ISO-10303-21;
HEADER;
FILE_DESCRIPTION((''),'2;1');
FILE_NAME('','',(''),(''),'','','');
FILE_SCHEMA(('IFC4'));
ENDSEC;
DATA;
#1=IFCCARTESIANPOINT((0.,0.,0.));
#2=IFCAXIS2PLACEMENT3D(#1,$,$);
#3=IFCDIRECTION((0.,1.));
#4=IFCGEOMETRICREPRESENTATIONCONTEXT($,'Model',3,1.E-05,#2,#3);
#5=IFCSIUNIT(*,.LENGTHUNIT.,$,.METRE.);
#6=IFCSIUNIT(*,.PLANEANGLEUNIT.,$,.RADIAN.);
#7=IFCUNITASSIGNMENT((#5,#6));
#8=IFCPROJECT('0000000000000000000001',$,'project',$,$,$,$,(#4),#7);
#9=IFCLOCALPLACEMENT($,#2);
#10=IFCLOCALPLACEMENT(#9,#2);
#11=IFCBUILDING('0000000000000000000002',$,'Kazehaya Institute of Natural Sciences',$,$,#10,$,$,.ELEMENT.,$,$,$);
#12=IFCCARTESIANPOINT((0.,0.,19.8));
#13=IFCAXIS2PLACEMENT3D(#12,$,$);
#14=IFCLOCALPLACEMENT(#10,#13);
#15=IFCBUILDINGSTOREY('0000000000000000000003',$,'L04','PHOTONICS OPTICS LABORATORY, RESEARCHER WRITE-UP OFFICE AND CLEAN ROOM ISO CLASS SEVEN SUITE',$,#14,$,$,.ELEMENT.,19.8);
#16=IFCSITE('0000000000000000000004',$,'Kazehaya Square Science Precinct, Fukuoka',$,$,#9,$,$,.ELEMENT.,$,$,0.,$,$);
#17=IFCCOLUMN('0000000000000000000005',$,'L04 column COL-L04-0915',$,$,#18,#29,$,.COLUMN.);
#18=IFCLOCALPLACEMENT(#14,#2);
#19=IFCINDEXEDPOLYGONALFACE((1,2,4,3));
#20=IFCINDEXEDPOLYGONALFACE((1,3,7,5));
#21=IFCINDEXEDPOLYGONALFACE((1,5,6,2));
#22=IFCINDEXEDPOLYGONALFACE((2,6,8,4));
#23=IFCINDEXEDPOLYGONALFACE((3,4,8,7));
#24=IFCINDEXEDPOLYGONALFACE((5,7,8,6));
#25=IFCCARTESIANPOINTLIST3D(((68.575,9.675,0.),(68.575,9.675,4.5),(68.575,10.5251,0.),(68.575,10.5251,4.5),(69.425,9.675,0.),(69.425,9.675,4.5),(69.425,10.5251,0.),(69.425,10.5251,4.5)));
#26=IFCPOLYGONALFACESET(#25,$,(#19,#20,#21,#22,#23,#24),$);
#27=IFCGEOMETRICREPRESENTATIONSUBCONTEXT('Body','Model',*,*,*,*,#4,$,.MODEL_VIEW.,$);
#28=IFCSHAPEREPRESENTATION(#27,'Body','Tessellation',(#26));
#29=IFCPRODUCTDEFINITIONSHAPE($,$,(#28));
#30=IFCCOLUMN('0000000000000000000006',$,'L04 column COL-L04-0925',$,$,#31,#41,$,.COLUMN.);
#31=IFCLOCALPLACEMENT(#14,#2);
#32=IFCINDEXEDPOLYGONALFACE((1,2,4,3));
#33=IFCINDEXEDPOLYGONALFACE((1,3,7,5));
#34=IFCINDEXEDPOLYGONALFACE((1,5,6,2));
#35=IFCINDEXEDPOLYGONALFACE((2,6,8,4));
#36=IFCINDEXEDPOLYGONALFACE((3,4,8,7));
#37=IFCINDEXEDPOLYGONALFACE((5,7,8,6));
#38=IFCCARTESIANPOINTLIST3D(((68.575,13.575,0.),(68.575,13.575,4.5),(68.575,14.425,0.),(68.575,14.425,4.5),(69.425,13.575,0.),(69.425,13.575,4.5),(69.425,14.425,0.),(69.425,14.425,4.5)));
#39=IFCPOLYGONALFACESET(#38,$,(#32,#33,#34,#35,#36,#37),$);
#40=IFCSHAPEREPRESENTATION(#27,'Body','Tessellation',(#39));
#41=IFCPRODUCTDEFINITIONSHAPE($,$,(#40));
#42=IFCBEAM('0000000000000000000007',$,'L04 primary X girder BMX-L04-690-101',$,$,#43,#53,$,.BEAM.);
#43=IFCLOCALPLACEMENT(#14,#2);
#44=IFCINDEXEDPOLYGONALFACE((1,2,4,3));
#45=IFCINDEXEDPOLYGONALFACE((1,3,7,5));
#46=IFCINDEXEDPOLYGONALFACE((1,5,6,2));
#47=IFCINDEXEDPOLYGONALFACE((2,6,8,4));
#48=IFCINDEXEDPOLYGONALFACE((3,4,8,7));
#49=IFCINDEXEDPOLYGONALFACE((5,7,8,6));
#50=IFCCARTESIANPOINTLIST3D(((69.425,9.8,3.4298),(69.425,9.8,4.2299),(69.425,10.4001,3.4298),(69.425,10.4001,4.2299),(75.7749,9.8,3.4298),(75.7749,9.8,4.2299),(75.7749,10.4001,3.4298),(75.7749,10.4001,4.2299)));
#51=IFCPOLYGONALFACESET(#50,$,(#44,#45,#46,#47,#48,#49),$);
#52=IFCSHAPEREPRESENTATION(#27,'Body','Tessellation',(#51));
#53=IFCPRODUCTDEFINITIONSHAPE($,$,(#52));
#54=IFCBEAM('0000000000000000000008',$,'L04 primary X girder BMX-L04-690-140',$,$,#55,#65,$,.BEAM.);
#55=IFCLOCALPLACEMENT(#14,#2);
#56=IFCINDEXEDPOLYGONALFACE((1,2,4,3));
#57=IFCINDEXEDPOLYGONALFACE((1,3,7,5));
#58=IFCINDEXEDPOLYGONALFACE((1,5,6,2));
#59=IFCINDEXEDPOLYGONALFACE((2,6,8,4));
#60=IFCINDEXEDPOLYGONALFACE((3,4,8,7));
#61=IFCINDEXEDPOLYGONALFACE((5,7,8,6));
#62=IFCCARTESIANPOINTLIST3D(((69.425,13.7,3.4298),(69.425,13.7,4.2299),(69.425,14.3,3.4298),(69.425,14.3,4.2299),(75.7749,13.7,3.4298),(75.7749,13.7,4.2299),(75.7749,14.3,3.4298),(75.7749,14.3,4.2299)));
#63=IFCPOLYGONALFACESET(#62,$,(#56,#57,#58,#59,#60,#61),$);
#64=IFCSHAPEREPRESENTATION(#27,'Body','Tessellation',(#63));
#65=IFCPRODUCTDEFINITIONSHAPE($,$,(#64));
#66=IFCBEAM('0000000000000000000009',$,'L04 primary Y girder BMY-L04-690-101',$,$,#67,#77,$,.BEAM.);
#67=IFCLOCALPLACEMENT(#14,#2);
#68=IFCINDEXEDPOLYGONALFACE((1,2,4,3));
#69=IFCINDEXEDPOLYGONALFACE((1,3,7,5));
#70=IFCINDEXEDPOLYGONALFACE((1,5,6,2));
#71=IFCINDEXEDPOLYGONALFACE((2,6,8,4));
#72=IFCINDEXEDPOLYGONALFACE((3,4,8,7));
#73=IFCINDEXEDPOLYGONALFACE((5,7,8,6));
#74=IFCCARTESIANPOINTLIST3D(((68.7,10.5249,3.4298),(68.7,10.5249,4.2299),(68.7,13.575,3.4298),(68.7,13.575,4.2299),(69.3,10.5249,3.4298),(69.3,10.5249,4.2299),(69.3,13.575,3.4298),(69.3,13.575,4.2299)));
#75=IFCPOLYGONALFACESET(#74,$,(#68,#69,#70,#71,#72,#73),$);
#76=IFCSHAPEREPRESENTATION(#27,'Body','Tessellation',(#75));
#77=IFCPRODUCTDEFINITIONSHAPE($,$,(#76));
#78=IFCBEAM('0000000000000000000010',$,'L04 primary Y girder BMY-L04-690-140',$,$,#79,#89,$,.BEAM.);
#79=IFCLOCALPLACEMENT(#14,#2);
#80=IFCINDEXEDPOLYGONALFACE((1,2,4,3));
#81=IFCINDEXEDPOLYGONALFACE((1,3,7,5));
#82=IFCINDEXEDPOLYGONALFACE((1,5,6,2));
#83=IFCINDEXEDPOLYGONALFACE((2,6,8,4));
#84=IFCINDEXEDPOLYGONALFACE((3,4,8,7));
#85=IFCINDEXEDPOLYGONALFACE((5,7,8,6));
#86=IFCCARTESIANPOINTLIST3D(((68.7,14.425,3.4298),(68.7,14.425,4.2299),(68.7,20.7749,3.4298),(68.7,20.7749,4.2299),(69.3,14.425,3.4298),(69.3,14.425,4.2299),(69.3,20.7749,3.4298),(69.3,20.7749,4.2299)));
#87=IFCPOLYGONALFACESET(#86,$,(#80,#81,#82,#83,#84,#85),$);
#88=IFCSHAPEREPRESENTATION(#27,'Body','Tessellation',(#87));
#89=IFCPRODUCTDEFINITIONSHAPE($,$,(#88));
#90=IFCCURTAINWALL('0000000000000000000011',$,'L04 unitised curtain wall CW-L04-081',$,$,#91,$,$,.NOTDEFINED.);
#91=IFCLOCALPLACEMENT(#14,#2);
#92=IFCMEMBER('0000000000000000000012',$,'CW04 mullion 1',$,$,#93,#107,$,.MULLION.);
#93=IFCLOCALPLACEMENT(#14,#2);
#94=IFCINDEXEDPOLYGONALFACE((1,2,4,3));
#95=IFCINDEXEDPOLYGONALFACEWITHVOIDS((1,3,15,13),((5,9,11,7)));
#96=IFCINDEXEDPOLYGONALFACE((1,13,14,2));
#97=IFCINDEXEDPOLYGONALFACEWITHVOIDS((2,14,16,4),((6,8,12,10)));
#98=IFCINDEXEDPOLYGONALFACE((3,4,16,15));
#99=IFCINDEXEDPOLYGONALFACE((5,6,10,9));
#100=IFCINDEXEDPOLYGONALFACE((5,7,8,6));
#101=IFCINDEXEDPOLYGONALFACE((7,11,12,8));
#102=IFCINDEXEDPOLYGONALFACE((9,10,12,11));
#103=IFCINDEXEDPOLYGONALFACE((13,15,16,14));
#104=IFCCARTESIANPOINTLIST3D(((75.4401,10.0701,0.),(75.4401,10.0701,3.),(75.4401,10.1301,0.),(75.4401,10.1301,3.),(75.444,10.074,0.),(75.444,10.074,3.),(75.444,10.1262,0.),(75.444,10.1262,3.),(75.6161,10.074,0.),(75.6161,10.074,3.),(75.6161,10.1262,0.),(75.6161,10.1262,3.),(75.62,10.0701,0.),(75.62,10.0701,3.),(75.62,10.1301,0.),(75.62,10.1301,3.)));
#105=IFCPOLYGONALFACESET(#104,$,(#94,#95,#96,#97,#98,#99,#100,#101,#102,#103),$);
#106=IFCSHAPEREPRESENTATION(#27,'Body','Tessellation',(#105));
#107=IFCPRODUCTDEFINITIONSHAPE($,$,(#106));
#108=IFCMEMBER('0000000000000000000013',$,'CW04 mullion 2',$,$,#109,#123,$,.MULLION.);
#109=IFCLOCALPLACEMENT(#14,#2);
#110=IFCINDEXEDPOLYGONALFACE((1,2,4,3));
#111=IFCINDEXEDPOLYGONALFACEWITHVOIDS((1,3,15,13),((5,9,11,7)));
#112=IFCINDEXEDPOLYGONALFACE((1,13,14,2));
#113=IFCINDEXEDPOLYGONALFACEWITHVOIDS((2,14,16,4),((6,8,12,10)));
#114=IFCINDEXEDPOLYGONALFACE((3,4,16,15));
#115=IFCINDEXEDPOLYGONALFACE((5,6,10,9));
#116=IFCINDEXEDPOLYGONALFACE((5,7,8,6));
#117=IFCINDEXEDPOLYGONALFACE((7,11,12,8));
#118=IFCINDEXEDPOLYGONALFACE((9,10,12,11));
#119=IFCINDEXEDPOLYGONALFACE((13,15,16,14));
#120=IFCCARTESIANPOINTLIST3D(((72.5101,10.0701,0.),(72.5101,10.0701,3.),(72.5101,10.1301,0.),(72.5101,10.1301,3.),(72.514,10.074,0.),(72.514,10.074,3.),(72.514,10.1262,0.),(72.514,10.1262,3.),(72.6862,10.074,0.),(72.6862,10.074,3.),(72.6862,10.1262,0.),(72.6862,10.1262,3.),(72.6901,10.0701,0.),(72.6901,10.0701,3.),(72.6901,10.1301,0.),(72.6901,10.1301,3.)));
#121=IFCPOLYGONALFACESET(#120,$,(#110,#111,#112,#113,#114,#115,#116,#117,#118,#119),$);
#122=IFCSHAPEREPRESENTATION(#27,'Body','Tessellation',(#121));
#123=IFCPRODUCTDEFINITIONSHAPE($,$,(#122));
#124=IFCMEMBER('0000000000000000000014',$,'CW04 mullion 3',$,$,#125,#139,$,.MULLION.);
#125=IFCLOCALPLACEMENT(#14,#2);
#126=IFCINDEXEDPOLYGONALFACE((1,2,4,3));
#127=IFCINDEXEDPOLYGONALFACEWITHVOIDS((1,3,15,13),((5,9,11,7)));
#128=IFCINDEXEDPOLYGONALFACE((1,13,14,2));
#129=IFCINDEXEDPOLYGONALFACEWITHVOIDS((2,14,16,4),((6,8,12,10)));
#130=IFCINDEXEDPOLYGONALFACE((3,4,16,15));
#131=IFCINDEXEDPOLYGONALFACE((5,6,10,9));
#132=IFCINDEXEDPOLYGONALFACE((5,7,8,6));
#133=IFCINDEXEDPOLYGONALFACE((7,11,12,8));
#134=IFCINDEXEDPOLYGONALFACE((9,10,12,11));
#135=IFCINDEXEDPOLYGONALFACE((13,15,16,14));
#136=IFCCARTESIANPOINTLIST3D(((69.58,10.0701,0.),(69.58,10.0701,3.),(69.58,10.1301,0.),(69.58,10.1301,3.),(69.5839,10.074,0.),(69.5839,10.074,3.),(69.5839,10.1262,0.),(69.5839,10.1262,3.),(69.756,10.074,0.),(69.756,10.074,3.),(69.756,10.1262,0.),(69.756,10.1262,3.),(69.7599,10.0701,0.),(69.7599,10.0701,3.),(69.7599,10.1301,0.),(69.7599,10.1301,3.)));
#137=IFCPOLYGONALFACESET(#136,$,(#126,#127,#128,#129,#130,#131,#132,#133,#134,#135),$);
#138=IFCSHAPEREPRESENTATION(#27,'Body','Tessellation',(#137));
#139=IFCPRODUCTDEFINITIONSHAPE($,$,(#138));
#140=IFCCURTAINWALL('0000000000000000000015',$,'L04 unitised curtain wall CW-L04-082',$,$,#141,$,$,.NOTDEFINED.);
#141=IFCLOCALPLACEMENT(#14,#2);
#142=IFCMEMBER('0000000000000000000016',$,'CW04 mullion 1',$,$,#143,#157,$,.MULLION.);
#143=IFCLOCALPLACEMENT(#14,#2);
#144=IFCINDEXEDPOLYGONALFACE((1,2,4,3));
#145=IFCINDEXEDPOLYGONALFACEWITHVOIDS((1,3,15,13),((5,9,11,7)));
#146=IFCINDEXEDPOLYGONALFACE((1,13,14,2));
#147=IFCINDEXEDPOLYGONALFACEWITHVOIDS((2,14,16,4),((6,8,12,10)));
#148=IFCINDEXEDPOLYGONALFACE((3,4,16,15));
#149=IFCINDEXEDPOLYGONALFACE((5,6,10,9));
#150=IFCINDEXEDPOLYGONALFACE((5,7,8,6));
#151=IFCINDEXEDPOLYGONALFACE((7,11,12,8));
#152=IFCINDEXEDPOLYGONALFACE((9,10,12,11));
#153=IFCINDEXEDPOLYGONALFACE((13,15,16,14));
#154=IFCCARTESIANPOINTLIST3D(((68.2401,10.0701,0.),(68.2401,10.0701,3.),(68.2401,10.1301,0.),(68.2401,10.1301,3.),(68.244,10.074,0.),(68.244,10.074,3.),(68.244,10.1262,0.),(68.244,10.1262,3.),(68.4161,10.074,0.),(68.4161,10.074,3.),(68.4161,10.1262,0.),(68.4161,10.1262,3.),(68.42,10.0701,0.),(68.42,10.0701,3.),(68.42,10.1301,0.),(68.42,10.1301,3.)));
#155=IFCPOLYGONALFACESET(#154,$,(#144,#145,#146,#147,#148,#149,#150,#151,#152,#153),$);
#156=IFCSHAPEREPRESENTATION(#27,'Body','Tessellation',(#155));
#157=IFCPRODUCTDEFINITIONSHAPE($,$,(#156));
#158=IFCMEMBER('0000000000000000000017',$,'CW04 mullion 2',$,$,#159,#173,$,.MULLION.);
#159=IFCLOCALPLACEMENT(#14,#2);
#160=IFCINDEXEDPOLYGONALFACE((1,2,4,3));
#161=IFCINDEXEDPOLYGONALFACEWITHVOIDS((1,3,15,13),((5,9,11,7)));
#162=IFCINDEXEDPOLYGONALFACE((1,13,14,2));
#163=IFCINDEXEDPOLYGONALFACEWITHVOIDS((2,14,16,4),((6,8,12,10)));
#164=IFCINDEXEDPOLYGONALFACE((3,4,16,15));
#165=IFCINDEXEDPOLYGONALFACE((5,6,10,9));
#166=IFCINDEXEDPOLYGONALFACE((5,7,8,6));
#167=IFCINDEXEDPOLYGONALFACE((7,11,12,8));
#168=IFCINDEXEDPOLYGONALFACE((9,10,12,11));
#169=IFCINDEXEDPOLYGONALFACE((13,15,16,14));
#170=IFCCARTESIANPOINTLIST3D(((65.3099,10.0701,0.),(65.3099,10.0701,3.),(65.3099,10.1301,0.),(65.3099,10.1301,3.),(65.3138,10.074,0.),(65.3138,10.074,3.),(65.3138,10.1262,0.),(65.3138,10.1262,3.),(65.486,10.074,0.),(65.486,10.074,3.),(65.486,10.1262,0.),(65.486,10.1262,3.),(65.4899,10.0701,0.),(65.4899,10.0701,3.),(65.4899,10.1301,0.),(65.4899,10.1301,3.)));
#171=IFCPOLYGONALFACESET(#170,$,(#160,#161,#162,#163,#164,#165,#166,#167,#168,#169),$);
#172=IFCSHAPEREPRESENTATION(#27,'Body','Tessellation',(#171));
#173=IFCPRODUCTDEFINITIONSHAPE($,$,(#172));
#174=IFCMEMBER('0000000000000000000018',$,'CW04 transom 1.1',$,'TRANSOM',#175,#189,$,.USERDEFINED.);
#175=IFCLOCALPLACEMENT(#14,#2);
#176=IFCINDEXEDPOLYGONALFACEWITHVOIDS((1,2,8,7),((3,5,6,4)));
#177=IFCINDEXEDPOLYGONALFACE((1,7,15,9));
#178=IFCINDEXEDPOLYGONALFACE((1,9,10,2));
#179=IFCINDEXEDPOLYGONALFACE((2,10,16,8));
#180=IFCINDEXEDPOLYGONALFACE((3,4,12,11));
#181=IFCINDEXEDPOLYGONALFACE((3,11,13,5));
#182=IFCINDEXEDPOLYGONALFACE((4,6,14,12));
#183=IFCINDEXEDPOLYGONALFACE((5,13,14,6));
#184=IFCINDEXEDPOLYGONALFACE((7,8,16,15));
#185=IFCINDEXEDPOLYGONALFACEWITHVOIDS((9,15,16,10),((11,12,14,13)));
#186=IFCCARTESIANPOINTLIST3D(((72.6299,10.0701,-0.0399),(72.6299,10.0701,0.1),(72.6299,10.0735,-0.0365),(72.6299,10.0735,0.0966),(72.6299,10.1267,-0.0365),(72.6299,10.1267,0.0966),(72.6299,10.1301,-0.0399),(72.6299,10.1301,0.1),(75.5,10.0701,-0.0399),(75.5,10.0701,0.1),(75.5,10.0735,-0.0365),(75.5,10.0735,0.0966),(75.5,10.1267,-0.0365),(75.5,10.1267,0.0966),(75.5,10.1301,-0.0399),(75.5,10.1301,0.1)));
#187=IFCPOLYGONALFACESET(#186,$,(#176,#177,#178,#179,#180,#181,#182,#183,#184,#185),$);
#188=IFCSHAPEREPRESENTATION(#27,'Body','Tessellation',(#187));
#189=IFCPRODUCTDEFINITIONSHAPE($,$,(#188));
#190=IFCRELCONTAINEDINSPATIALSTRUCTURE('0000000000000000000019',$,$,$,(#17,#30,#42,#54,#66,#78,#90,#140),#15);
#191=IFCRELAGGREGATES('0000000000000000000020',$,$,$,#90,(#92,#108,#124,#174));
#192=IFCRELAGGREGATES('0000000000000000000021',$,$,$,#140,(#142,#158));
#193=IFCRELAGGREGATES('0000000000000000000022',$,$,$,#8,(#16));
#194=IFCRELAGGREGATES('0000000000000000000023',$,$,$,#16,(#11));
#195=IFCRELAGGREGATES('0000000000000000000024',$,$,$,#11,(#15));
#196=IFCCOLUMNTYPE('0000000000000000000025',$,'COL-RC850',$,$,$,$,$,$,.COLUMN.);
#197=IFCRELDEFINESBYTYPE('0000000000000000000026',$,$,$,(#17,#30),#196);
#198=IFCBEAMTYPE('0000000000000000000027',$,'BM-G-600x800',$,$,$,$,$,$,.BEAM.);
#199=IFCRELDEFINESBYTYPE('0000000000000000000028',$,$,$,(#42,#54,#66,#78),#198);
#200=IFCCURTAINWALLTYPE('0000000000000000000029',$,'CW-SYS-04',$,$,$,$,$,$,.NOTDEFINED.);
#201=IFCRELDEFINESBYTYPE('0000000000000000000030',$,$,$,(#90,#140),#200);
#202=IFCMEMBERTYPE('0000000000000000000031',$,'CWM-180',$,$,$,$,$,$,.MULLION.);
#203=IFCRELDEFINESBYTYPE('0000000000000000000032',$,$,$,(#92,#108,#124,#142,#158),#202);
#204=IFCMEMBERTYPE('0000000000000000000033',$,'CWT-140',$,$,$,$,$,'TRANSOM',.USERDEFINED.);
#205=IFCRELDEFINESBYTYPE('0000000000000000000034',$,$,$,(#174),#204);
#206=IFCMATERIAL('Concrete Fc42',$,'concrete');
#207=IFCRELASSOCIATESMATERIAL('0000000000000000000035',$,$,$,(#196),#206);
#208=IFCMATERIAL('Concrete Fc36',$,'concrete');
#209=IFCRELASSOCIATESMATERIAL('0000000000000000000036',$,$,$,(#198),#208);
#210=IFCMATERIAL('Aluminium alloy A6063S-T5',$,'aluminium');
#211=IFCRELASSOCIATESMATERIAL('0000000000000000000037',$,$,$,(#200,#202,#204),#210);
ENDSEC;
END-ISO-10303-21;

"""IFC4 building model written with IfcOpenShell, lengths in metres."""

from ifc_helpers import new_model, si_unit, direction, frame, origin, origin_2d, place, context, subcontext, project, spatial, rectangle, hollow_rectangle, extrude, material, material_profile, profile_set, type_object, element, aggregate, save


model = new_model("IFC4")

# Units and contexts
model_context = context("Model", 3, precision=1e-05, world=origin(), true_north=direction((0.0, 1.0)))
body_context = subcontext(model_context, "Body", "Model", "MODEL_VIEW")
ifc_project = project(units=[si_unit("LENGTHUNIT", "METRE"), si_unit("PLANEANGLEUNIT", "RADIAN")], contexts=[model_context])

# Site, building, storey
site_placement = place(None, origin())
site = spatial("IfcSite", under=ifc_project, at=site_placement, Name="Kazehaya Square Science Precinct, Fukuoka", CompositionType="ELEMENT", RefElevation=0.0)
building_placement = place(site_placement, origin())
building = spatial("IfcBuilding", under=site, at=building_placement, Name="Kazehaya Institute of Natural Sciences", CompositionType="ELEMENT")
storey_placement = place(building_placement, frame((0.0, 0.0, 19.8)))
storey = spatial("IfcBuildingStorey", under=building, at=storey_placement, Name="L04", Description="PHOTONICS OPTICS LABORATORY, RESEARCHER WRITE-UP OFFICE AND CLEAN ROOM ISO CLASS SEVEN SUITE", CompositionType="ELEMENT", Elevation=19.8)

# Columns
ifc_material_1 = material(Name="Concrete Fc42", Category="concrete")
ifc_material_profile_1 = material_profile(ifc_material_1, rectangle(XDim=0.8501, YDim=0.8501, at=origin_2d()), Name="RC-850x850")
ifc_profile_set_1 = profile_set([ifc_material_profile_1], Name="Concrete Fc42")
column_type = type_object("IfcColumnType", Name="COL-RC850", PredefinedType="COLUMN", material=ifc_profile_set_1)
for number, where, z_axis, x_axis, name in (
    (1, (69.0, 10.1001, 0.0), (0.0, 0.0, 1.0), (1.0, 0.0, 0.0), "L04 column COL-L04-0915"),
    (2, (69.0, 14.0, 0.0), (0.0, 0.0, 1.0), (1.0, 0.0, 0.0), "L04 column COL-L04-0925"),
):
    element("IfcColumn", number, at=place(storey_placement, frame(where, z_axis=z_axis, x_axis=x_axis)), inside=storey, type_object=column_type, Name=name, PredefinedType="COLUMN", context=body_context, shape_type="SweptSolid", body=[
        extrude(rectangle(XDim=0.8501, YDim=0.8501, at=origin_2d()), origin(), (0.0, 0.0, 1.0), 4.5),
    ])

# Beams
ifc_material_2 = material(Name="Concrete Fc36", Category="concrete")
ifc_material_profile_2 = material_profile(ifc_material_2, rectangle(XDim=0.6001, YDim=0.8, at=origin_2d()), Name="RC-600x800")
ifc_profile_set_2 = profile_set([ifc_material_profile_2], Name="Concrete Fc36")
beam_type = type_object("IfcBeamType", Name="BM-G-600x800", PredefinedType="BEAM", material=ifc_profile_set_2)
for number, where, z_axis, x_axis, name in (
    (3, (69.425, 10.1001, 3.8298), (1.0, 0.0, 0.0), (0.0, 1.0, 0.0), "L04 primary X girder BMX-L04-690-101"),
    (4, (69.425, 14.0, 3.8298), (1.0, 0.0, 0.0), (0.0, 1.0, 0.0), "L04 primary X girder BMX-L04-690-140"),
):
    element("IfcBeam", number, at=place(storey_placement, frame(where, z_axis=z_axis, x_axis=x_axis)), inside=storey, type_object=beam_type, Name=name, PredefinedType="BEAM", context=body_context, shape_type="SweptSolid", body=[
        extrude(rectangle(XDim=0.6001, YDim=0.8, at=origin_2d()), origin(), (0.0, 0.0, 1.0), 6.3499),
    ])
beam_1_placement = place(storey_placement, frame((69.0, 10.5249, 3.8298), z_axis=(0.0, 1.0, 0.0), x_axis=(-1.0, 0.0, 0.0)))
element("IfcBeam", 5, at=beam_1_placement, inside=storey, type_object=beam_type, Name="L04 primary Y girder BMY-L04-690-101", PredefinedType="BEAM", context=body_context, shape_type="SweptSolid", body=[
    extrude(rectangle(XDim=0.6001, YDim=0.8, at=origin_2d()), origin(), (0.0, 0.0, 1.0), 3.05),
])
beam_2_placement = place(storey_placement, frame((69.0, 14.425, 3.8298), z_axis=(0.0, 1.0, 0.0), x_axis=(-1.0, 0.0, 0.0)))
element("IfcBeam", 6, at=beam_2_placement, inside=storey, type_object=beam_type, Name="L04 primary Y girder BMY-L04-690-140", PredefinedType="BEAM", context=body_context, shape_type="SweptSolid", body=[
    extrude(rectangle(XDim=0.6001, YDim=0.8, at=origin_2d()), origin(), (0.0, 0.0, 1.0), 6.3499),
])

# Curtain walls, members
ifc_material_3 = material(Name="Aluminium alloy A6063S-T5", Category="aluminium")
curtain_wall_type = type_object("IfcCurtainWallType", Name="CW-SYS-04", PredefinedType="NOTDEFINED", material=ifc_material_3)
curtain_wall_1_placement = place(storey_placement, origin())
curtain_wall_1 = element("IfcCurtainWall", 7, at=curtain_wall_1_placement, inside=storey, type_object=curtain_wall_type, Name="L04 unitised curtain wall CW-L04-081", PredefinedType="NOTDEFINED")
ifc_material_profile_3 = material_profile(ifc_material_3, hollow_rectangle(XDim=0.0601, YDim=0.1799, WallThickness=0.0039, at=origin_2d()), Name="ALU-60x180x4")
ifc_profile_set_3 = profile_set([ifc_material_profile_3], Name="Aluminium alloy A6063S-T5")
member_type_1 = type_object("IfcMemberType", Name="CWM-180", PredefinedType="MULLION", material=ifc_profile_set_3)
member_1_placement = place(storey_placement, frame((75.53, 10.1001, 0.0), z_axis=(0.0, 0.0, 1.0), x_axis=(0.0, -1.0, 0.0)))
member_1 = element("IfcMember", 8, at=member_1_placement, type_object=member_type_1, Name="CW04 mullion 1", PredefinedType="MULLION", context=body_context, shape_type="SweptSolid", body=[
    extrude(hollow_rectangle(XDim=0.0601, YDim=0.1799, WallThickness=0.0039, at=origin_2d()), origin(), (0.0, 0.0, 1.0), 3.0),
])
member_2_placement = place(storey_placement, frame((72.6001, 10.1001, 0.0), z_axis=(0.0, 0.0, 1.0), x_axis=(0.0, -1.0, 0.0)))
member_2 = element("IfcMember", 9, at=member_2_placement, type_object=member_type_1, Name="CW04 mullion 2", PredefinedType="MULLION", context=body_context, shape_type="SweptSolid", body=[
    extrude(hollow_rectangle(XDim=0.0601, YDim=0.1799, WallThickness=0.0039, at=origin_2d()), origin(), (0.0, 0.0, 1.0), 3.0),
])
member_3_placement = place(storey_placement, frame((69.6699, 10.1001, 0.0), z_axis=(0.0, 0.0, 1.0), x_axis=(0.0, -1.0, 0.0)))
member_3 = element("IfcMember", 10, at=member_3_placement, type_object=member_type_1, Name="CW04 mullion 3", PredefinedType="MULLION", context=body_context, shape_type="SweptSolid", body=[
    extrude(hollow_rectangle(XDim=0.0601, YDim=0.1799, WallThickness=0.0039, at=origin_2d()), origin(), (0.0, 0.0, 1.0), 3.0),
])
curtain_wall_2_placement = place(storey_placement, origin())
curtain_wall_2 = element("IfcCurtainWall", 11, at=curtain_wall_2_placement, inside=storey, type_object=curtain_wall_type, Name="L04 unitised curtain wall CW-L04-082", PredefinedType="NOTDEFINED")
member_4_placement = place(storey_placement, frame((68.3301, 10.1001, 0.0), z_axis=(0.0, 0.0, 1.0), x_axis=(0.0, -1.0, 0.0)))
member_4 = element("IfcMember", 12, at=member_4_placement, type_object=member_type_1, Name="CW04 mullion 1", PredefinedType="MULLION", context=body_context, shape_type="SweptSolid", body=[
    extrude(hollow_rectangle(XDim=0.0601, YDim=0.1799, WallThickness=0.0039, at=origin_2d()), origin(), (0.0, 0.0, 1.0), 3.0),
])
member_5_placement = place(storey_placement, frame((65.3999, 10.1001, 0.0), z_axis=(0.0, 0.0, 1.0), x_axis=(0.0, -1.0, 0.0)))
member_5 = element("IfcMember", 13, at=member_5_placement, type_object=member_type_1, Name="CW04 mullion 2", PredefinedType="MULLION", context=body_context, shape_type="SweptSolid", body=[
    extrude(hollow_rectangle(XDim=0.0601, YDim=0.1799, WallThickness=0.0039, at=origin_2d()), origin(), (0.0, 0.0, 1.0), 3.0),
])

# Member
ifc_material_profile_4 = material_profile(ifc_material_3, hollow_rectangle(XDim=0.0601, YDim=0.1399, WallThickness=0.0034, at=origin_2d()), Name="ALU-60x140x3.5")
ifc_profile_set_4 = profile_set([ifc_material_profile_4], Name="Aluminium alloy A6063S-T5")
member_type_2 = type_object("IfcMemberType", Name="CWT-140", ElementType="TRANSOM", PredefinedType="USERDEFINED", material=ifc_profile_set_4)
member_6_placement = place(storey_placement, frame((75.5, 10.1001, 0.03), z_axis=(-1.0, 0.0, 0.0), x_axis=(0.0, -1.0, 0.0)))
member_6 = element("IfcMember", 14, at=member_6_placement, type_object=member_type_2, Name="CW04 transom 1.1", ObjectType="TRANSOM", PredefinedType="USERDEFINED", context=body_context, shape_type="SweptSolid", body=[
    extrude(hollow_rectangle(XDim=0.0601, YDim=0.1399, WallThickness=0.0034, at=origin_2d()), origin(), (0.0, 0.0, 1.0), 2.8701),
])

aggregate(curtain_wall_1, [member_1, member_2, member_3, member_6])
aggregate(curtain_wall_2, [member_4, member_5])

save(model, "model.ifc")
